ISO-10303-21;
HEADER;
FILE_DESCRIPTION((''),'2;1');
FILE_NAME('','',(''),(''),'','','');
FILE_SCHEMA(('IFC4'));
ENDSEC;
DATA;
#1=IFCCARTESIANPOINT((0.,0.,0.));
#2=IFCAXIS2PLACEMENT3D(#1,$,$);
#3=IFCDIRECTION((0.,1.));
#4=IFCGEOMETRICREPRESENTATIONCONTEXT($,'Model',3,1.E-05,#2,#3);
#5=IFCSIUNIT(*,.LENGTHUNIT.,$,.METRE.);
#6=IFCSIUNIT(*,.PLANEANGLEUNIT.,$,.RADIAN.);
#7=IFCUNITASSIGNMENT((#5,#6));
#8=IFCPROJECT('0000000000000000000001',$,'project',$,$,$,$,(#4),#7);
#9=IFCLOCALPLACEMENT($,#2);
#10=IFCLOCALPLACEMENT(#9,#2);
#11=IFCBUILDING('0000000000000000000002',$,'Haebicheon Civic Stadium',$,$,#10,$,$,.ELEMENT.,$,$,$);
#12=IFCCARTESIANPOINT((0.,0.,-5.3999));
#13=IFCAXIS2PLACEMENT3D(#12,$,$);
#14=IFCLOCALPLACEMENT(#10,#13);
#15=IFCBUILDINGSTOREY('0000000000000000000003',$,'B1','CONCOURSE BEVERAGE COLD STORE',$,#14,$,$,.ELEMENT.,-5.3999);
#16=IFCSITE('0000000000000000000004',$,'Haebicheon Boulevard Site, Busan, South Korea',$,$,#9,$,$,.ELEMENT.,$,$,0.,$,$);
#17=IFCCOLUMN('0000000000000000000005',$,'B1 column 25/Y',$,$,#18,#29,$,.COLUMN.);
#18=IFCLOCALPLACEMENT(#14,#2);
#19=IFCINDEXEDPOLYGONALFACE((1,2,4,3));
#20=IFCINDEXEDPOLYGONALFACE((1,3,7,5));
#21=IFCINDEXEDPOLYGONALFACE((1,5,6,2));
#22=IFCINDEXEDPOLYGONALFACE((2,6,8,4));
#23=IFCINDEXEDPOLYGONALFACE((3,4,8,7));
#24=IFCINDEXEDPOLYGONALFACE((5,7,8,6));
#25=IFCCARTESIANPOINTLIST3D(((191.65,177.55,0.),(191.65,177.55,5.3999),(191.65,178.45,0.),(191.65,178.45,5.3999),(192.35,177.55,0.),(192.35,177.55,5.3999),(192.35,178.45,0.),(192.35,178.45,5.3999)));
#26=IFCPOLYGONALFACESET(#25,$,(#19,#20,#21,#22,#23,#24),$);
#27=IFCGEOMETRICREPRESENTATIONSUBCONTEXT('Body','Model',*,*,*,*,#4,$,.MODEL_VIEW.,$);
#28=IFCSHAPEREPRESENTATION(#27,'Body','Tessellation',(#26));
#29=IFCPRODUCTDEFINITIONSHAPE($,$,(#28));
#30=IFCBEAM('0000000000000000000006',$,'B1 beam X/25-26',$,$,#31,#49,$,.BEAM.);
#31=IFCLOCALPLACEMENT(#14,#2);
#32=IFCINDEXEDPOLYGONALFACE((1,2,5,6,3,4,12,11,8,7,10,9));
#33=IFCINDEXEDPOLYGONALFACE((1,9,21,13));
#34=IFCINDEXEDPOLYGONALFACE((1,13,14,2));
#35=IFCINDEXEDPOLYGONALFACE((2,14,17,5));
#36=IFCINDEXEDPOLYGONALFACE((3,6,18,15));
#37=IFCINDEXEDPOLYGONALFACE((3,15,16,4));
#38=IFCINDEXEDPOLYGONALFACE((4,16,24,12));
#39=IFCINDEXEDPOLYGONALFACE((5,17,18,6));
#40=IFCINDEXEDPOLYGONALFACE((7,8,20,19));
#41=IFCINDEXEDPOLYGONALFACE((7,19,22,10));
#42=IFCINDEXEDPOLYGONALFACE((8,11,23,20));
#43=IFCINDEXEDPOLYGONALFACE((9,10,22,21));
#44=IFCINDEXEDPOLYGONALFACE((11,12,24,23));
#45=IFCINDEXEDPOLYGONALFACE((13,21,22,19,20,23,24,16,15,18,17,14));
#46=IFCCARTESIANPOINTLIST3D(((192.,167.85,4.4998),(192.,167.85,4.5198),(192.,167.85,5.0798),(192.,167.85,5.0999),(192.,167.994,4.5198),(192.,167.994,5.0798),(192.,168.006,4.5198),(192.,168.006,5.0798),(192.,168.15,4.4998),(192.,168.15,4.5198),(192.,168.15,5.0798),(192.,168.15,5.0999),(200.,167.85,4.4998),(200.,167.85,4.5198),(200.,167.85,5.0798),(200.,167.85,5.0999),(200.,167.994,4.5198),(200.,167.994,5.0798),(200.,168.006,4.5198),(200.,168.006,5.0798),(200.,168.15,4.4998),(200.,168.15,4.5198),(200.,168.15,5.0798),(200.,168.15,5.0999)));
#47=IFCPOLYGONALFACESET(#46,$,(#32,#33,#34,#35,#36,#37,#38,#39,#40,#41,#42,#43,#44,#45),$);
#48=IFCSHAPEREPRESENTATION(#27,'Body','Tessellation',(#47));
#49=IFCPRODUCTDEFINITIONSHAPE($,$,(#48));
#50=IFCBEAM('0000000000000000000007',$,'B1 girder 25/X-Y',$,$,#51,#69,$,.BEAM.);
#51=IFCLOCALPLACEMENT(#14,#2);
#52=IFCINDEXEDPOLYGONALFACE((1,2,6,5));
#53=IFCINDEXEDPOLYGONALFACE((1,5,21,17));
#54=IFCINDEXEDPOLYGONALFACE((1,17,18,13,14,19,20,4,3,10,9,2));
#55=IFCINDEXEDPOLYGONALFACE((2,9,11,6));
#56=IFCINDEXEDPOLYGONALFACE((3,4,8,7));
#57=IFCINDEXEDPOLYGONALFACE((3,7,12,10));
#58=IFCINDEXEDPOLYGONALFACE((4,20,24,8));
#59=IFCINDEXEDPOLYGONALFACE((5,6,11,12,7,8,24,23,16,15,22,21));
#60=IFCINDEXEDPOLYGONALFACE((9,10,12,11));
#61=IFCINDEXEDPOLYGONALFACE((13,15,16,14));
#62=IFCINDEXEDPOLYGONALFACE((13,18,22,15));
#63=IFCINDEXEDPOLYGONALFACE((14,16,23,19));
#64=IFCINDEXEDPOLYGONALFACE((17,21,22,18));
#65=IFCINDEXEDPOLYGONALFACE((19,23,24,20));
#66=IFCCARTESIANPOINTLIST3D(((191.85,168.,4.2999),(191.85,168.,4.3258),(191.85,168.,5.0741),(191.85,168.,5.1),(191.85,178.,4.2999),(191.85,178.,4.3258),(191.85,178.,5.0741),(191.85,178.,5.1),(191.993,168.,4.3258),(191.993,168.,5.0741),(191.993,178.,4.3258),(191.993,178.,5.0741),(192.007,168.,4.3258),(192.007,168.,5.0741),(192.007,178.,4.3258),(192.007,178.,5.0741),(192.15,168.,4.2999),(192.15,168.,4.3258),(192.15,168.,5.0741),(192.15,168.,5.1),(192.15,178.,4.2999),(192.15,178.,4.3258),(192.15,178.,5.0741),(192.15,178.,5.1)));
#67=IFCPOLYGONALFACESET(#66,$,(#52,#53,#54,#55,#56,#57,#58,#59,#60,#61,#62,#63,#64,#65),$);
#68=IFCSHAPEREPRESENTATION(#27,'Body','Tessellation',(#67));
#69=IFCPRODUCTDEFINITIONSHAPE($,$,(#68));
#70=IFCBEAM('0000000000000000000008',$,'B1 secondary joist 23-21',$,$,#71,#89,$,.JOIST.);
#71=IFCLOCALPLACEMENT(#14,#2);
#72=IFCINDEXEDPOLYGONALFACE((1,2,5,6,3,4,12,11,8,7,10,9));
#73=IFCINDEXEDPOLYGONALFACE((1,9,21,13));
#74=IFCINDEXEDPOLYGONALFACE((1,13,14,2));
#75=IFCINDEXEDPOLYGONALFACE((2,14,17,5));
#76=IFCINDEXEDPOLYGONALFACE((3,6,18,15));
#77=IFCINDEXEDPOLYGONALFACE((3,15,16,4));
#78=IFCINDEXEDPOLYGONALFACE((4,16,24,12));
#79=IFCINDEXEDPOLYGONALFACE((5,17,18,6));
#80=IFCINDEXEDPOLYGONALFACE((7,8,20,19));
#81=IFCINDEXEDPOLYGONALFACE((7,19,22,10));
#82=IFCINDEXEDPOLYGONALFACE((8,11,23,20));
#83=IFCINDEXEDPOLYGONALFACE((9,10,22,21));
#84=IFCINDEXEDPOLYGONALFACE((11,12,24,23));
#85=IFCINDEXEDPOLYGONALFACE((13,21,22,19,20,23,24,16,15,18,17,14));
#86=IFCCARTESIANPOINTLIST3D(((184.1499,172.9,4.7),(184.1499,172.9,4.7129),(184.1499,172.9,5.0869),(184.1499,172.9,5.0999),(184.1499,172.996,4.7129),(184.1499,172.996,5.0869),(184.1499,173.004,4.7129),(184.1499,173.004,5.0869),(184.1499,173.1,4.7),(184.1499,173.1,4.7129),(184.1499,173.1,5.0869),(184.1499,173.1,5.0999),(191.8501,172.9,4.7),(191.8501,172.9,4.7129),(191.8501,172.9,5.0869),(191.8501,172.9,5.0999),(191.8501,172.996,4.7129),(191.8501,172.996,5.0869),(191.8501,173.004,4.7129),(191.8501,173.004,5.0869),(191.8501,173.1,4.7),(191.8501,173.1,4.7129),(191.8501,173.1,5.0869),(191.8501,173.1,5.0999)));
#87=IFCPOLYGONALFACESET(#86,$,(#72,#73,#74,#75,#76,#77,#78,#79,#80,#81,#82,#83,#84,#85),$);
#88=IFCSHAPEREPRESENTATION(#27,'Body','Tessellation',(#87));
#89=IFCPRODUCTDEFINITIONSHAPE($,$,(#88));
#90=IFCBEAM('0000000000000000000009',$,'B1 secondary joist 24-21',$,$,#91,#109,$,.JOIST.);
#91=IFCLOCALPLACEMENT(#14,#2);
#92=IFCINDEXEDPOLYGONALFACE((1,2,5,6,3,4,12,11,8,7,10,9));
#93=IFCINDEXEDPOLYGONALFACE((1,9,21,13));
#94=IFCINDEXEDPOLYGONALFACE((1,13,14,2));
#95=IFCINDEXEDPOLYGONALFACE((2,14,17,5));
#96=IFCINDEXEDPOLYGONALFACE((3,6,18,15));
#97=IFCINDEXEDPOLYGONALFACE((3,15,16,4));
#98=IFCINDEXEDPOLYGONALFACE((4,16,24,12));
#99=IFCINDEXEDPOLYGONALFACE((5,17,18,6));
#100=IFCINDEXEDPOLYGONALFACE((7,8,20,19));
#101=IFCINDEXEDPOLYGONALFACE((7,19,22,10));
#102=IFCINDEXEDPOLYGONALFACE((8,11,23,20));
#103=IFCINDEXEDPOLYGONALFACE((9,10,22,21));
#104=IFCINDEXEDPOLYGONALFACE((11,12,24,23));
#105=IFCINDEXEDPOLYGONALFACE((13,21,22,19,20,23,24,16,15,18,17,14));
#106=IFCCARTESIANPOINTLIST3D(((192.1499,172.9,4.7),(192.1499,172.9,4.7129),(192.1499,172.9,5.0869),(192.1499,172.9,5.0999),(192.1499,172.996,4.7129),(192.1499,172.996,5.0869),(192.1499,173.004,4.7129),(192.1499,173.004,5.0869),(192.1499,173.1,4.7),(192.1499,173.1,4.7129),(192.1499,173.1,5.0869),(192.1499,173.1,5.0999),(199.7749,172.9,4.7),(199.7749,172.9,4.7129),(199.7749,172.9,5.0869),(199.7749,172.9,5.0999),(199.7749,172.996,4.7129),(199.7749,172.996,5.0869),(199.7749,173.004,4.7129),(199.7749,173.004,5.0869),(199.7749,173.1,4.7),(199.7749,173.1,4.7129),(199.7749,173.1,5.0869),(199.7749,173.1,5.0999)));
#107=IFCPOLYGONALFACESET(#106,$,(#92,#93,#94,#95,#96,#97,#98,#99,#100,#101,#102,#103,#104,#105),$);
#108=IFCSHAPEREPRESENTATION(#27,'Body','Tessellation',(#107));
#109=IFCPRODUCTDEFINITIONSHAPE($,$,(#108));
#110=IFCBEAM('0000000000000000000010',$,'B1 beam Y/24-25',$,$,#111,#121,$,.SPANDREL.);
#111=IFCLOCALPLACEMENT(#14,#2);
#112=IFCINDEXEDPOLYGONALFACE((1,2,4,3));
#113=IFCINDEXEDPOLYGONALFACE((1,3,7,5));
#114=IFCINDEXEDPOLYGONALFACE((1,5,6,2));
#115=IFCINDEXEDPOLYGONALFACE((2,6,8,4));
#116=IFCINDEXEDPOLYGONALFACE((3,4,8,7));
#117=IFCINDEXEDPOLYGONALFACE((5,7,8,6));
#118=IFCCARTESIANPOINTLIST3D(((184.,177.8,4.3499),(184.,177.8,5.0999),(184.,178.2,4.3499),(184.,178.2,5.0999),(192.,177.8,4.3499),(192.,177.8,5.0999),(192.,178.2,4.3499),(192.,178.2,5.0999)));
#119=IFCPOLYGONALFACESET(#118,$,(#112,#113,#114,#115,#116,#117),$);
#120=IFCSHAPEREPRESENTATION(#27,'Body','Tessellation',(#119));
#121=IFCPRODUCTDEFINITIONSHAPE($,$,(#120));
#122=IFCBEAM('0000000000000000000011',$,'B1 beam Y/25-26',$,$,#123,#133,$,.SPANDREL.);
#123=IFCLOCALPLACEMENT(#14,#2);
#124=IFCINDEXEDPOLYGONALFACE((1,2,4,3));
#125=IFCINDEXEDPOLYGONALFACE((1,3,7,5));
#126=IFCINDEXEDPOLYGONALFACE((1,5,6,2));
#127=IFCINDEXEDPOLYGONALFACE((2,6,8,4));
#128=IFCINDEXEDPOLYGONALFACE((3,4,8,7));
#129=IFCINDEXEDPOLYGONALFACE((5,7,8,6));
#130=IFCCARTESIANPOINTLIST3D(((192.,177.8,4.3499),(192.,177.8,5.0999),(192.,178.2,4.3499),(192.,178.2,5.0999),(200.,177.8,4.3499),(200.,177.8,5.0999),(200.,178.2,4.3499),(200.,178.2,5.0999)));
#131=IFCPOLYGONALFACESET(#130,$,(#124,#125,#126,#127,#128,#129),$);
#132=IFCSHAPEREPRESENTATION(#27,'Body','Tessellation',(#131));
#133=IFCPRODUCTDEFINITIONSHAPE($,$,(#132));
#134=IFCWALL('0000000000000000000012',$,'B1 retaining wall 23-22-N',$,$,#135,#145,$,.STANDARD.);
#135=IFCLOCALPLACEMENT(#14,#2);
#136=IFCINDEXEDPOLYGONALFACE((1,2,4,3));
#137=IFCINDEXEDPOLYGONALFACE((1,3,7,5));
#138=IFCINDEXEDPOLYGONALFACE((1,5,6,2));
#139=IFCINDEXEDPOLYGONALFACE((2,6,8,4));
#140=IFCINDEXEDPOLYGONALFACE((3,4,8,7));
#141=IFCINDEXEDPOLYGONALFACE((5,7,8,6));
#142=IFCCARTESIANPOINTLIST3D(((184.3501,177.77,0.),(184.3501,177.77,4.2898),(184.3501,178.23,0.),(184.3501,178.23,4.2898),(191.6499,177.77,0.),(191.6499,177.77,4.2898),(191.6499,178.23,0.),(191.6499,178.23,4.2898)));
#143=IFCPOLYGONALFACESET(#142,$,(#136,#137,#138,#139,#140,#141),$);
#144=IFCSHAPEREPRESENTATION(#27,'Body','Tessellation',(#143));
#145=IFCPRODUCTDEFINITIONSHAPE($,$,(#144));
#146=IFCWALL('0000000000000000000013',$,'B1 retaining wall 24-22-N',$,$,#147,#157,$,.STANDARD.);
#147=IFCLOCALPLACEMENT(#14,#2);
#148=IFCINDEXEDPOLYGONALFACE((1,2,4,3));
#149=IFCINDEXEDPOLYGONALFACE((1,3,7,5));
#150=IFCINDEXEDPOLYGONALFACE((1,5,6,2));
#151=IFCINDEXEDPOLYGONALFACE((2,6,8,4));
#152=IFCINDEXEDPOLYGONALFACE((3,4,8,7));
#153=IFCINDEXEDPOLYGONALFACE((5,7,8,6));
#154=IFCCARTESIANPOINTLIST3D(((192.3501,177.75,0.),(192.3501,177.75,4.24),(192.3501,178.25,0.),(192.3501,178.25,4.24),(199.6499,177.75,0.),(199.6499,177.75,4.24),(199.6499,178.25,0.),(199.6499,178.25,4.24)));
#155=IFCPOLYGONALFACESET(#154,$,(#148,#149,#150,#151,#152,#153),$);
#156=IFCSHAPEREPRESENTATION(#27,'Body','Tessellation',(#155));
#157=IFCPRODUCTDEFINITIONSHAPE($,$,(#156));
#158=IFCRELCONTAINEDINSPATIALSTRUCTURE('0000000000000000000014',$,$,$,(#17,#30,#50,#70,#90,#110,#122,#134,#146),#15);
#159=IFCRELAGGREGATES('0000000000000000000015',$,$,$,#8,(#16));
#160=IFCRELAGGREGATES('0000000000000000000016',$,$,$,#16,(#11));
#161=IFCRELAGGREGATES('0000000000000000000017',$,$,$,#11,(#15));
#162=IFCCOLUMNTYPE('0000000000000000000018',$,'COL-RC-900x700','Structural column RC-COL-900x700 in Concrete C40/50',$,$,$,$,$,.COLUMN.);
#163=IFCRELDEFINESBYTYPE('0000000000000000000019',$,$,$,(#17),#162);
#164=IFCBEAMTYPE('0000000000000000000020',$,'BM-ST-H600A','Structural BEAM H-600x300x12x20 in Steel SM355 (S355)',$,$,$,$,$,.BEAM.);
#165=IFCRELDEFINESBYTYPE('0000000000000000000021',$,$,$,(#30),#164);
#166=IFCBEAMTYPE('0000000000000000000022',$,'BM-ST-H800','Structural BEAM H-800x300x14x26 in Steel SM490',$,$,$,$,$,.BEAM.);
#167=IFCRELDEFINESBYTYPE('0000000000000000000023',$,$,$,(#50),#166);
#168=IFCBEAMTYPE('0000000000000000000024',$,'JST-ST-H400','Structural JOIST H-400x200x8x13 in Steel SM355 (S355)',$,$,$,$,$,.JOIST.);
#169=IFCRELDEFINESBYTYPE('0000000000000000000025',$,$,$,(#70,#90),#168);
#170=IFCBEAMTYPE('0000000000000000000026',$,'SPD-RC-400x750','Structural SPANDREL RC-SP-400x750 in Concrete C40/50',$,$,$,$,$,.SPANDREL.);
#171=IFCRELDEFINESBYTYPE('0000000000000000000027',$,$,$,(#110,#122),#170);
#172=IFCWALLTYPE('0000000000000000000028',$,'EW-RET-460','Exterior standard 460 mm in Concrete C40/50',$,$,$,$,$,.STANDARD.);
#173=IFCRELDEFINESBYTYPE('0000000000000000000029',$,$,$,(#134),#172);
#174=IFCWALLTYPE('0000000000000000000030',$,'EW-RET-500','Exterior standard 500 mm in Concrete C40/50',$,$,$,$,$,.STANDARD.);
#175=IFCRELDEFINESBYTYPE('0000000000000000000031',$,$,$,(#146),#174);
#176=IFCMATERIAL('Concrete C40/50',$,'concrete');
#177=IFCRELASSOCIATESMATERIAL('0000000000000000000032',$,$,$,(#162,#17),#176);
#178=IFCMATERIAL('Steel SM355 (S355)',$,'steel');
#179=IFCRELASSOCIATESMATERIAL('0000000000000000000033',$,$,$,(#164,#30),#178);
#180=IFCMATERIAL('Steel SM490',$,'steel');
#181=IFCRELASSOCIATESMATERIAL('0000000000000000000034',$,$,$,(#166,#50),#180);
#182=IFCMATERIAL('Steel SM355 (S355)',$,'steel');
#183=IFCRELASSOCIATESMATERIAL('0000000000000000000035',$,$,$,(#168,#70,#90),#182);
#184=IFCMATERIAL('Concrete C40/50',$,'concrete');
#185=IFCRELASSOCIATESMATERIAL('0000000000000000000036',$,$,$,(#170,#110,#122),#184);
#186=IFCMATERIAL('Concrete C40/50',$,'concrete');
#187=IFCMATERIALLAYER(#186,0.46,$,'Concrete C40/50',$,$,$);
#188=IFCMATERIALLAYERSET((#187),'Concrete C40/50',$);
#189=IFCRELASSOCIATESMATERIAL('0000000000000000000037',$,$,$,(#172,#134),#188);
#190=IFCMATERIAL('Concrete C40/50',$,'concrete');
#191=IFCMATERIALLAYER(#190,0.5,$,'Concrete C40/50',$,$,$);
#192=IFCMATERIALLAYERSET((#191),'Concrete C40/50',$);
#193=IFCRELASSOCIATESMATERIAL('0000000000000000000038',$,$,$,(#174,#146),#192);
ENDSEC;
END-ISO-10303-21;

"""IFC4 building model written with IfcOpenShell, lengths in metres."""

from ifc_helpers import new_model, si_unit, direction, frame, frame_2d, origin, origin_2d, place, context, subcontext, project, spatial, rectangle, i_section, extrude, material, layer, layer_set, material_profile, profile_set, type_object, element, save


model = new_model("IFC4")

# Units and contexts
model_context = context("Model", 3, precision=1e-05, world=origin(), true_north=direction((0.0, 1.0)))
body_context = subcontext(model_context, "Body", "Model", "MODEL_VIEW")
ifc_project = project(units=[si_unit("LENGTHUNIT", "METRE"), si_unit("PLANEANGLEUNIT", "RADIAN")], contexts=[model_context])

# Site, building, storey
site_placement = place(None, origin())
site = spatial("IfcSite", under=ifc_project, at=site_placement, Name="Haebicheon Boulevard Site, Busan, South Korea", CompositionType="ELEMENT", RefElevation=0.0)
building_placement = place(site_placement, origin())
building = spatial("IfcBuilding", under=site, at=building_placement, Name="Haebicheon Civic Stadium", CompositionType="ELEMENT")
storey_placement = place(building_placement, frame((0.0, 0.0, -5.3999)))
storey = spatial("IfcBuildingStorey", under=building, at=storey_placement, Name="B1", Description="CONCOURSE BEVERAGE COLD STORE", CompositionType="ELEMENT", Elevation=-5.3999)

# Column
ifc_material_1 = material(Name="Concrete C40/50", Category="concrete")
ifc_material_profile_1 = material_profile(ifc_material_1, rectangle(XDim=0.7, YDim=0.8999, at=origin_2d()), Name="RC-COL-900x700")
ifc_profile_set_1 = profile_set([ifc_material_profile_1], Name="Concrete C40/50")
column_type = type_object("IfcColumnType", Name="COL-RC-900x700", Description="Structural column RC-COL-900x700 in Concrete C40/50", PredefinedType="COLUMN", material=ifc_profile_set_1)
for number, where, z_axis, x_axis, name in (
    (1, (192.0, 178.0, 0.0), (0.0, 0.0, 1.0), (1.0, 0.0, 0.0), "B1 column 25/Y"),
):
    element("IfcColumn", number, at=place(storey_placement, frame(where, z_axis=z_axis, x_axis=x_axis)), inside=storey, type_object=column_type, material=ifc_profile_set_1, Name=name, PredefinedType="COLUMN", context=body_context, shape_type="SweptSolid", body=[
        extrude(rectangle(XDim=0.7, YDim=0.8999, at=origin_2d()), origin(), (0.0, 0.0, 1.0), 5.3999),
    ])

# Beams
ifc_material_2 = material(Name="Steel SM355 (S355)", Category="steel")
ifc_material_profile_2 = material_profile(ifc_material_2, i_section(OverallWidth=0.3, OverallDepth=0.6001, WebThickness=0.012, FlangeThickness=0.02, at=origin_2d()), Name="H-600x300x12x20")
ifc_profile_set_2 = profile_set([ifc_material_profile_2], Name="Steel SM355 (S355)")
beam_type_1 = type_object("IfcBeamType", Name="BM-ST-H600A", Description="Structural BEAM H-600x300x12x20 in Steel SM355 (S355)", PredefinedType="BEAM", material=ifc_profile_set_2)
beam_1_placement = place(storey_placement, frame((192.0, 168.0, 4.7998), z_axis=(1.0, 0.0, 0.0), x_axis=(0.0, 1.0, 0.0)))
element("IfcBeam", 2, at=beam_1_placement, inside=storey, type_object=beam_type_1, material=ifc_profile_set_2, Name="B1 beam X/25-26", PredefinedType="BEAM", context=body_context, shape_type="SweptSolid", body=[
    extrude(i_section(OverallWidth=0.3, OverallDepth=0.6001, WebThickness=0.012, FlangeThickness=0.02, at=origin_2d()), origin(), (0.0, 0.0, 1.0), 8.0),
])
ifc_material_3 = material(Name="Steel SM490", Category="steel")
ifc_material_profile_3 = material_profile(ifc_material_3, i_section(OverallWidth=0.3, OverallDepth=0.8, WebThickness=0.0139, FlangeThickness=0.0259, at=origin_2d()), Name="H-800x300x14x26")
ifc_profile_set_3 = profile_set([ifc_material_profile_3], Name="Steel SM490")
beam_type_2 = type_object("IfcBeamType", Name="BM-ST-H800", Description="Structural BEAM H-800x300x14x26 in Steel SM490", PredefinedType="BEAM", material=ifc_profile_set_3)
beam_2_placement = place(storey_placement, frame((192.0, 168.0, 4.7), z_axis=(0.0, 1.0, 0.0), x_axis=(-1.0, 0.0, 0.0)))
element("IfcBeam", 3, at=beam_2_placement, inside=storey, type_object=beam_type_2, material=ifc_profile_set_3, Name="B1 girder 25/X-Y", PredefinedType="BEAM", context=body_context, shape_type="SweptSolid", body=[
    extrude(i_section(OverallWidth=0.3, OverallDepth=0.8, WebThickness=0.0139, FlangeThickness=0.0259, at=origin_2d()), origin(), (0.0, 0.0, 1.0), 10.0),
])
ifc_material_4 = material(Name="Steel SM355 (S355)", Category="steel")
ifc_material_profile_4 = material_profile(ifc_material_4, i_section(OverallWidth=0.2, OverallDepth=0.3999, WebThickness=0.0081, FlangeThickness=0.0129, at=origin_2d()), Name="H-400x200x8x13")
ifc_profile_set_4 = profile_set([ifc_material_profile_4], Name="Steel SM355 (S355)")
beam_type_3 = type_object("IfcBeamType", Name="JST-ST-H400", Description="Structural JOIST H-400x200x8x13 in Steel SM355 (S355)", PredefinedType="JOIST", material=ifc_profile_set_4)
beam_3_placement = place(storey_placement, frame((184.1499, 173.0, 4.8999), z_axis=(1.0, 0.0, 0.0), x_axis=(0.0, 1.0, 0.0)))
element("IfcBeam", 4, at=beam_3_placement, inside=storey, type_object=beam_type_3, material=ifc_profile_set_4, Name="B1 secondary joist 23-21", PredefinedType="JOIST", context=body_context, shape_type="SweptSolid", body=[
    extrude(i_section(OverallWidth=0.2, OverallDepth=0.3999, WebThickness=0.0081, FlangeThickness=0.0129, at=origin_2d()), origin(), (0.0, 0.0, 1.0), 7.7002),
])
beam_4_placement = place(storey_placement, frame((192.1499, 173.0, 4.8999), z_axis=(1.0, 0.0, 0.0), x_axis=(0.0, 1.0, 0.0)))
element("IfcBeam", 5, at=beam_4_placement, inside=storey, type_object=beam_type_3, material=ifc_profile_set_4, Name="B1 secondary joist 24-21", PredefinedType="JOIST", context=body_context, shape_type="SweptSolid", body=[
    extrude(i_section(OverallWidth=0.2, OverallDepth=0.3999, WebThickness=0.0081, FlangeThickness=0.0129, at=origin_2d()), origin(), (0.0, 0.0, 1.0), 7.625),
])
ifc_material_5 = material(Name="Concrete C40/50", Category="concrete")
ifc_material_profile_5 = material_profile(ifc_material_5, rectangle(XDim=0.3999, YDim=0.75, at=origin_2d()), Name="RC-SP-400x750")
ifc_profile_set_5 = profile_set([ifc_material_profile_5], Name="Concrete C40/50")
beam_type_4 = type_object("IfcBeamType", Name="SPD-RC-400x750", Description="Structural SPANDREL RC-SP-400x750 in Concrete C40/50", PredefinedType="SPANDREL", material=ifc_profile_set_5)
for number, where, z_axis, x_axis, name in (
    (6, (184.0, 178.0, 4.7249), (1.0, 0.0, 0.0), (0.0, 1.0, 0.0), "B1 beam Y/24-25"),
    (7, (192.0, 178.0, 4.7249), (1.0, 0.0, 0.0), (0.0, 1.0, 0.0), "B1 beam Y/25-26"),
):
    element("IfcBeam", number, at=place(storey_placement, frame(where, z_axis=z_axis, x_axis=x_axis)), inside=storey, type_object=beam_type_4, material=ifc_profile_set_5, Name=name, PredefinedType="SPANDREL", context=body_context, shape_type="SweptSolid", body=[
        extrude(rectangle(XDim=0.3999, YDim=0.75, at=origin_2d()), origin(), (0.0, 0.0, 1.0), 8.0),
    ])

# Walls
ifc_material_6 = material(Name="Concrete C40/50", Category="concrete")
ifc_layer_1 = layer(ifc_material_6, 0.46, Name="Concrete C40/50")
ifc_layer_set_1 = layer_set([ifc_layer_1], Name="Concrete C40/50")
wall_type_1 = type_object("IfcWallType", Name="EW-RET-460", Description="Exterior standard 460 mm in Concrete C40/50", PredefinedType="STANDARD", material=ifc_layer_set_1)
wall_1_placement = place(storey_placement, frame((184.3501, 178.0, 0.0), z_axis=(0.0, 0.0, 1.0), x_axis=(1.0, 0.0, 0.0)))
element("IfcWall", 8, at=wall_1_placement, inside=storey, type_object=wall_type_1, material=ifc_layer_set_1, Name="B1 retaining wall 23-22-N", PredefinedType="STANDARD", context=body_context, shape_type="SweptSolid", body=[
    extrude(rectangle(XDim=7.2998, YDim=0.46, at=frame_2d((3.6499, 0.0))), origin(), (0.0, 0.0, 1.0), 4.2898),
])
ifc_material_7 = material(Name="Concrete C40/50", Category="concrete")
ifc_layer_2 = layer(ifc_material_7, 0.5, Name="Concrete C40/50")
ifc_layer_set_2 = layer_set([ifc_layer_2], Name="Concrete C40/50")
wall_type_2 = type_object("IfcWallType", Name="EW-RET-500", Description="Exterior standard 500 mm in Concrete C40/50", PredefinedType="STANDARD", material=ifc_layer_set_2)
wall_2_placement = place(storey_placement, frame((192.3501, 178.0, 0.0), z_axis=(0.0, 0.0, 1.0), x_axis=(1.0, 0.0, 0.0)))
element("IfcWall", 9, at=wall_2_placement, inside=storey, type_object=wall_type_2, material=ifc_layer_set_2, Name="B1 retaining wall 24-22-N", PredefinedType="STANDARD", context=body_context, shape_type="SweptSolid", body=[
    extrude(rectangle(XDim=7.2998, YDim=0.5, at=frame_2d((3.6499, 0.0))), origin(), (0.0, 0.0, 1.0), 4.24),
])

save(model, "model.ifc")
